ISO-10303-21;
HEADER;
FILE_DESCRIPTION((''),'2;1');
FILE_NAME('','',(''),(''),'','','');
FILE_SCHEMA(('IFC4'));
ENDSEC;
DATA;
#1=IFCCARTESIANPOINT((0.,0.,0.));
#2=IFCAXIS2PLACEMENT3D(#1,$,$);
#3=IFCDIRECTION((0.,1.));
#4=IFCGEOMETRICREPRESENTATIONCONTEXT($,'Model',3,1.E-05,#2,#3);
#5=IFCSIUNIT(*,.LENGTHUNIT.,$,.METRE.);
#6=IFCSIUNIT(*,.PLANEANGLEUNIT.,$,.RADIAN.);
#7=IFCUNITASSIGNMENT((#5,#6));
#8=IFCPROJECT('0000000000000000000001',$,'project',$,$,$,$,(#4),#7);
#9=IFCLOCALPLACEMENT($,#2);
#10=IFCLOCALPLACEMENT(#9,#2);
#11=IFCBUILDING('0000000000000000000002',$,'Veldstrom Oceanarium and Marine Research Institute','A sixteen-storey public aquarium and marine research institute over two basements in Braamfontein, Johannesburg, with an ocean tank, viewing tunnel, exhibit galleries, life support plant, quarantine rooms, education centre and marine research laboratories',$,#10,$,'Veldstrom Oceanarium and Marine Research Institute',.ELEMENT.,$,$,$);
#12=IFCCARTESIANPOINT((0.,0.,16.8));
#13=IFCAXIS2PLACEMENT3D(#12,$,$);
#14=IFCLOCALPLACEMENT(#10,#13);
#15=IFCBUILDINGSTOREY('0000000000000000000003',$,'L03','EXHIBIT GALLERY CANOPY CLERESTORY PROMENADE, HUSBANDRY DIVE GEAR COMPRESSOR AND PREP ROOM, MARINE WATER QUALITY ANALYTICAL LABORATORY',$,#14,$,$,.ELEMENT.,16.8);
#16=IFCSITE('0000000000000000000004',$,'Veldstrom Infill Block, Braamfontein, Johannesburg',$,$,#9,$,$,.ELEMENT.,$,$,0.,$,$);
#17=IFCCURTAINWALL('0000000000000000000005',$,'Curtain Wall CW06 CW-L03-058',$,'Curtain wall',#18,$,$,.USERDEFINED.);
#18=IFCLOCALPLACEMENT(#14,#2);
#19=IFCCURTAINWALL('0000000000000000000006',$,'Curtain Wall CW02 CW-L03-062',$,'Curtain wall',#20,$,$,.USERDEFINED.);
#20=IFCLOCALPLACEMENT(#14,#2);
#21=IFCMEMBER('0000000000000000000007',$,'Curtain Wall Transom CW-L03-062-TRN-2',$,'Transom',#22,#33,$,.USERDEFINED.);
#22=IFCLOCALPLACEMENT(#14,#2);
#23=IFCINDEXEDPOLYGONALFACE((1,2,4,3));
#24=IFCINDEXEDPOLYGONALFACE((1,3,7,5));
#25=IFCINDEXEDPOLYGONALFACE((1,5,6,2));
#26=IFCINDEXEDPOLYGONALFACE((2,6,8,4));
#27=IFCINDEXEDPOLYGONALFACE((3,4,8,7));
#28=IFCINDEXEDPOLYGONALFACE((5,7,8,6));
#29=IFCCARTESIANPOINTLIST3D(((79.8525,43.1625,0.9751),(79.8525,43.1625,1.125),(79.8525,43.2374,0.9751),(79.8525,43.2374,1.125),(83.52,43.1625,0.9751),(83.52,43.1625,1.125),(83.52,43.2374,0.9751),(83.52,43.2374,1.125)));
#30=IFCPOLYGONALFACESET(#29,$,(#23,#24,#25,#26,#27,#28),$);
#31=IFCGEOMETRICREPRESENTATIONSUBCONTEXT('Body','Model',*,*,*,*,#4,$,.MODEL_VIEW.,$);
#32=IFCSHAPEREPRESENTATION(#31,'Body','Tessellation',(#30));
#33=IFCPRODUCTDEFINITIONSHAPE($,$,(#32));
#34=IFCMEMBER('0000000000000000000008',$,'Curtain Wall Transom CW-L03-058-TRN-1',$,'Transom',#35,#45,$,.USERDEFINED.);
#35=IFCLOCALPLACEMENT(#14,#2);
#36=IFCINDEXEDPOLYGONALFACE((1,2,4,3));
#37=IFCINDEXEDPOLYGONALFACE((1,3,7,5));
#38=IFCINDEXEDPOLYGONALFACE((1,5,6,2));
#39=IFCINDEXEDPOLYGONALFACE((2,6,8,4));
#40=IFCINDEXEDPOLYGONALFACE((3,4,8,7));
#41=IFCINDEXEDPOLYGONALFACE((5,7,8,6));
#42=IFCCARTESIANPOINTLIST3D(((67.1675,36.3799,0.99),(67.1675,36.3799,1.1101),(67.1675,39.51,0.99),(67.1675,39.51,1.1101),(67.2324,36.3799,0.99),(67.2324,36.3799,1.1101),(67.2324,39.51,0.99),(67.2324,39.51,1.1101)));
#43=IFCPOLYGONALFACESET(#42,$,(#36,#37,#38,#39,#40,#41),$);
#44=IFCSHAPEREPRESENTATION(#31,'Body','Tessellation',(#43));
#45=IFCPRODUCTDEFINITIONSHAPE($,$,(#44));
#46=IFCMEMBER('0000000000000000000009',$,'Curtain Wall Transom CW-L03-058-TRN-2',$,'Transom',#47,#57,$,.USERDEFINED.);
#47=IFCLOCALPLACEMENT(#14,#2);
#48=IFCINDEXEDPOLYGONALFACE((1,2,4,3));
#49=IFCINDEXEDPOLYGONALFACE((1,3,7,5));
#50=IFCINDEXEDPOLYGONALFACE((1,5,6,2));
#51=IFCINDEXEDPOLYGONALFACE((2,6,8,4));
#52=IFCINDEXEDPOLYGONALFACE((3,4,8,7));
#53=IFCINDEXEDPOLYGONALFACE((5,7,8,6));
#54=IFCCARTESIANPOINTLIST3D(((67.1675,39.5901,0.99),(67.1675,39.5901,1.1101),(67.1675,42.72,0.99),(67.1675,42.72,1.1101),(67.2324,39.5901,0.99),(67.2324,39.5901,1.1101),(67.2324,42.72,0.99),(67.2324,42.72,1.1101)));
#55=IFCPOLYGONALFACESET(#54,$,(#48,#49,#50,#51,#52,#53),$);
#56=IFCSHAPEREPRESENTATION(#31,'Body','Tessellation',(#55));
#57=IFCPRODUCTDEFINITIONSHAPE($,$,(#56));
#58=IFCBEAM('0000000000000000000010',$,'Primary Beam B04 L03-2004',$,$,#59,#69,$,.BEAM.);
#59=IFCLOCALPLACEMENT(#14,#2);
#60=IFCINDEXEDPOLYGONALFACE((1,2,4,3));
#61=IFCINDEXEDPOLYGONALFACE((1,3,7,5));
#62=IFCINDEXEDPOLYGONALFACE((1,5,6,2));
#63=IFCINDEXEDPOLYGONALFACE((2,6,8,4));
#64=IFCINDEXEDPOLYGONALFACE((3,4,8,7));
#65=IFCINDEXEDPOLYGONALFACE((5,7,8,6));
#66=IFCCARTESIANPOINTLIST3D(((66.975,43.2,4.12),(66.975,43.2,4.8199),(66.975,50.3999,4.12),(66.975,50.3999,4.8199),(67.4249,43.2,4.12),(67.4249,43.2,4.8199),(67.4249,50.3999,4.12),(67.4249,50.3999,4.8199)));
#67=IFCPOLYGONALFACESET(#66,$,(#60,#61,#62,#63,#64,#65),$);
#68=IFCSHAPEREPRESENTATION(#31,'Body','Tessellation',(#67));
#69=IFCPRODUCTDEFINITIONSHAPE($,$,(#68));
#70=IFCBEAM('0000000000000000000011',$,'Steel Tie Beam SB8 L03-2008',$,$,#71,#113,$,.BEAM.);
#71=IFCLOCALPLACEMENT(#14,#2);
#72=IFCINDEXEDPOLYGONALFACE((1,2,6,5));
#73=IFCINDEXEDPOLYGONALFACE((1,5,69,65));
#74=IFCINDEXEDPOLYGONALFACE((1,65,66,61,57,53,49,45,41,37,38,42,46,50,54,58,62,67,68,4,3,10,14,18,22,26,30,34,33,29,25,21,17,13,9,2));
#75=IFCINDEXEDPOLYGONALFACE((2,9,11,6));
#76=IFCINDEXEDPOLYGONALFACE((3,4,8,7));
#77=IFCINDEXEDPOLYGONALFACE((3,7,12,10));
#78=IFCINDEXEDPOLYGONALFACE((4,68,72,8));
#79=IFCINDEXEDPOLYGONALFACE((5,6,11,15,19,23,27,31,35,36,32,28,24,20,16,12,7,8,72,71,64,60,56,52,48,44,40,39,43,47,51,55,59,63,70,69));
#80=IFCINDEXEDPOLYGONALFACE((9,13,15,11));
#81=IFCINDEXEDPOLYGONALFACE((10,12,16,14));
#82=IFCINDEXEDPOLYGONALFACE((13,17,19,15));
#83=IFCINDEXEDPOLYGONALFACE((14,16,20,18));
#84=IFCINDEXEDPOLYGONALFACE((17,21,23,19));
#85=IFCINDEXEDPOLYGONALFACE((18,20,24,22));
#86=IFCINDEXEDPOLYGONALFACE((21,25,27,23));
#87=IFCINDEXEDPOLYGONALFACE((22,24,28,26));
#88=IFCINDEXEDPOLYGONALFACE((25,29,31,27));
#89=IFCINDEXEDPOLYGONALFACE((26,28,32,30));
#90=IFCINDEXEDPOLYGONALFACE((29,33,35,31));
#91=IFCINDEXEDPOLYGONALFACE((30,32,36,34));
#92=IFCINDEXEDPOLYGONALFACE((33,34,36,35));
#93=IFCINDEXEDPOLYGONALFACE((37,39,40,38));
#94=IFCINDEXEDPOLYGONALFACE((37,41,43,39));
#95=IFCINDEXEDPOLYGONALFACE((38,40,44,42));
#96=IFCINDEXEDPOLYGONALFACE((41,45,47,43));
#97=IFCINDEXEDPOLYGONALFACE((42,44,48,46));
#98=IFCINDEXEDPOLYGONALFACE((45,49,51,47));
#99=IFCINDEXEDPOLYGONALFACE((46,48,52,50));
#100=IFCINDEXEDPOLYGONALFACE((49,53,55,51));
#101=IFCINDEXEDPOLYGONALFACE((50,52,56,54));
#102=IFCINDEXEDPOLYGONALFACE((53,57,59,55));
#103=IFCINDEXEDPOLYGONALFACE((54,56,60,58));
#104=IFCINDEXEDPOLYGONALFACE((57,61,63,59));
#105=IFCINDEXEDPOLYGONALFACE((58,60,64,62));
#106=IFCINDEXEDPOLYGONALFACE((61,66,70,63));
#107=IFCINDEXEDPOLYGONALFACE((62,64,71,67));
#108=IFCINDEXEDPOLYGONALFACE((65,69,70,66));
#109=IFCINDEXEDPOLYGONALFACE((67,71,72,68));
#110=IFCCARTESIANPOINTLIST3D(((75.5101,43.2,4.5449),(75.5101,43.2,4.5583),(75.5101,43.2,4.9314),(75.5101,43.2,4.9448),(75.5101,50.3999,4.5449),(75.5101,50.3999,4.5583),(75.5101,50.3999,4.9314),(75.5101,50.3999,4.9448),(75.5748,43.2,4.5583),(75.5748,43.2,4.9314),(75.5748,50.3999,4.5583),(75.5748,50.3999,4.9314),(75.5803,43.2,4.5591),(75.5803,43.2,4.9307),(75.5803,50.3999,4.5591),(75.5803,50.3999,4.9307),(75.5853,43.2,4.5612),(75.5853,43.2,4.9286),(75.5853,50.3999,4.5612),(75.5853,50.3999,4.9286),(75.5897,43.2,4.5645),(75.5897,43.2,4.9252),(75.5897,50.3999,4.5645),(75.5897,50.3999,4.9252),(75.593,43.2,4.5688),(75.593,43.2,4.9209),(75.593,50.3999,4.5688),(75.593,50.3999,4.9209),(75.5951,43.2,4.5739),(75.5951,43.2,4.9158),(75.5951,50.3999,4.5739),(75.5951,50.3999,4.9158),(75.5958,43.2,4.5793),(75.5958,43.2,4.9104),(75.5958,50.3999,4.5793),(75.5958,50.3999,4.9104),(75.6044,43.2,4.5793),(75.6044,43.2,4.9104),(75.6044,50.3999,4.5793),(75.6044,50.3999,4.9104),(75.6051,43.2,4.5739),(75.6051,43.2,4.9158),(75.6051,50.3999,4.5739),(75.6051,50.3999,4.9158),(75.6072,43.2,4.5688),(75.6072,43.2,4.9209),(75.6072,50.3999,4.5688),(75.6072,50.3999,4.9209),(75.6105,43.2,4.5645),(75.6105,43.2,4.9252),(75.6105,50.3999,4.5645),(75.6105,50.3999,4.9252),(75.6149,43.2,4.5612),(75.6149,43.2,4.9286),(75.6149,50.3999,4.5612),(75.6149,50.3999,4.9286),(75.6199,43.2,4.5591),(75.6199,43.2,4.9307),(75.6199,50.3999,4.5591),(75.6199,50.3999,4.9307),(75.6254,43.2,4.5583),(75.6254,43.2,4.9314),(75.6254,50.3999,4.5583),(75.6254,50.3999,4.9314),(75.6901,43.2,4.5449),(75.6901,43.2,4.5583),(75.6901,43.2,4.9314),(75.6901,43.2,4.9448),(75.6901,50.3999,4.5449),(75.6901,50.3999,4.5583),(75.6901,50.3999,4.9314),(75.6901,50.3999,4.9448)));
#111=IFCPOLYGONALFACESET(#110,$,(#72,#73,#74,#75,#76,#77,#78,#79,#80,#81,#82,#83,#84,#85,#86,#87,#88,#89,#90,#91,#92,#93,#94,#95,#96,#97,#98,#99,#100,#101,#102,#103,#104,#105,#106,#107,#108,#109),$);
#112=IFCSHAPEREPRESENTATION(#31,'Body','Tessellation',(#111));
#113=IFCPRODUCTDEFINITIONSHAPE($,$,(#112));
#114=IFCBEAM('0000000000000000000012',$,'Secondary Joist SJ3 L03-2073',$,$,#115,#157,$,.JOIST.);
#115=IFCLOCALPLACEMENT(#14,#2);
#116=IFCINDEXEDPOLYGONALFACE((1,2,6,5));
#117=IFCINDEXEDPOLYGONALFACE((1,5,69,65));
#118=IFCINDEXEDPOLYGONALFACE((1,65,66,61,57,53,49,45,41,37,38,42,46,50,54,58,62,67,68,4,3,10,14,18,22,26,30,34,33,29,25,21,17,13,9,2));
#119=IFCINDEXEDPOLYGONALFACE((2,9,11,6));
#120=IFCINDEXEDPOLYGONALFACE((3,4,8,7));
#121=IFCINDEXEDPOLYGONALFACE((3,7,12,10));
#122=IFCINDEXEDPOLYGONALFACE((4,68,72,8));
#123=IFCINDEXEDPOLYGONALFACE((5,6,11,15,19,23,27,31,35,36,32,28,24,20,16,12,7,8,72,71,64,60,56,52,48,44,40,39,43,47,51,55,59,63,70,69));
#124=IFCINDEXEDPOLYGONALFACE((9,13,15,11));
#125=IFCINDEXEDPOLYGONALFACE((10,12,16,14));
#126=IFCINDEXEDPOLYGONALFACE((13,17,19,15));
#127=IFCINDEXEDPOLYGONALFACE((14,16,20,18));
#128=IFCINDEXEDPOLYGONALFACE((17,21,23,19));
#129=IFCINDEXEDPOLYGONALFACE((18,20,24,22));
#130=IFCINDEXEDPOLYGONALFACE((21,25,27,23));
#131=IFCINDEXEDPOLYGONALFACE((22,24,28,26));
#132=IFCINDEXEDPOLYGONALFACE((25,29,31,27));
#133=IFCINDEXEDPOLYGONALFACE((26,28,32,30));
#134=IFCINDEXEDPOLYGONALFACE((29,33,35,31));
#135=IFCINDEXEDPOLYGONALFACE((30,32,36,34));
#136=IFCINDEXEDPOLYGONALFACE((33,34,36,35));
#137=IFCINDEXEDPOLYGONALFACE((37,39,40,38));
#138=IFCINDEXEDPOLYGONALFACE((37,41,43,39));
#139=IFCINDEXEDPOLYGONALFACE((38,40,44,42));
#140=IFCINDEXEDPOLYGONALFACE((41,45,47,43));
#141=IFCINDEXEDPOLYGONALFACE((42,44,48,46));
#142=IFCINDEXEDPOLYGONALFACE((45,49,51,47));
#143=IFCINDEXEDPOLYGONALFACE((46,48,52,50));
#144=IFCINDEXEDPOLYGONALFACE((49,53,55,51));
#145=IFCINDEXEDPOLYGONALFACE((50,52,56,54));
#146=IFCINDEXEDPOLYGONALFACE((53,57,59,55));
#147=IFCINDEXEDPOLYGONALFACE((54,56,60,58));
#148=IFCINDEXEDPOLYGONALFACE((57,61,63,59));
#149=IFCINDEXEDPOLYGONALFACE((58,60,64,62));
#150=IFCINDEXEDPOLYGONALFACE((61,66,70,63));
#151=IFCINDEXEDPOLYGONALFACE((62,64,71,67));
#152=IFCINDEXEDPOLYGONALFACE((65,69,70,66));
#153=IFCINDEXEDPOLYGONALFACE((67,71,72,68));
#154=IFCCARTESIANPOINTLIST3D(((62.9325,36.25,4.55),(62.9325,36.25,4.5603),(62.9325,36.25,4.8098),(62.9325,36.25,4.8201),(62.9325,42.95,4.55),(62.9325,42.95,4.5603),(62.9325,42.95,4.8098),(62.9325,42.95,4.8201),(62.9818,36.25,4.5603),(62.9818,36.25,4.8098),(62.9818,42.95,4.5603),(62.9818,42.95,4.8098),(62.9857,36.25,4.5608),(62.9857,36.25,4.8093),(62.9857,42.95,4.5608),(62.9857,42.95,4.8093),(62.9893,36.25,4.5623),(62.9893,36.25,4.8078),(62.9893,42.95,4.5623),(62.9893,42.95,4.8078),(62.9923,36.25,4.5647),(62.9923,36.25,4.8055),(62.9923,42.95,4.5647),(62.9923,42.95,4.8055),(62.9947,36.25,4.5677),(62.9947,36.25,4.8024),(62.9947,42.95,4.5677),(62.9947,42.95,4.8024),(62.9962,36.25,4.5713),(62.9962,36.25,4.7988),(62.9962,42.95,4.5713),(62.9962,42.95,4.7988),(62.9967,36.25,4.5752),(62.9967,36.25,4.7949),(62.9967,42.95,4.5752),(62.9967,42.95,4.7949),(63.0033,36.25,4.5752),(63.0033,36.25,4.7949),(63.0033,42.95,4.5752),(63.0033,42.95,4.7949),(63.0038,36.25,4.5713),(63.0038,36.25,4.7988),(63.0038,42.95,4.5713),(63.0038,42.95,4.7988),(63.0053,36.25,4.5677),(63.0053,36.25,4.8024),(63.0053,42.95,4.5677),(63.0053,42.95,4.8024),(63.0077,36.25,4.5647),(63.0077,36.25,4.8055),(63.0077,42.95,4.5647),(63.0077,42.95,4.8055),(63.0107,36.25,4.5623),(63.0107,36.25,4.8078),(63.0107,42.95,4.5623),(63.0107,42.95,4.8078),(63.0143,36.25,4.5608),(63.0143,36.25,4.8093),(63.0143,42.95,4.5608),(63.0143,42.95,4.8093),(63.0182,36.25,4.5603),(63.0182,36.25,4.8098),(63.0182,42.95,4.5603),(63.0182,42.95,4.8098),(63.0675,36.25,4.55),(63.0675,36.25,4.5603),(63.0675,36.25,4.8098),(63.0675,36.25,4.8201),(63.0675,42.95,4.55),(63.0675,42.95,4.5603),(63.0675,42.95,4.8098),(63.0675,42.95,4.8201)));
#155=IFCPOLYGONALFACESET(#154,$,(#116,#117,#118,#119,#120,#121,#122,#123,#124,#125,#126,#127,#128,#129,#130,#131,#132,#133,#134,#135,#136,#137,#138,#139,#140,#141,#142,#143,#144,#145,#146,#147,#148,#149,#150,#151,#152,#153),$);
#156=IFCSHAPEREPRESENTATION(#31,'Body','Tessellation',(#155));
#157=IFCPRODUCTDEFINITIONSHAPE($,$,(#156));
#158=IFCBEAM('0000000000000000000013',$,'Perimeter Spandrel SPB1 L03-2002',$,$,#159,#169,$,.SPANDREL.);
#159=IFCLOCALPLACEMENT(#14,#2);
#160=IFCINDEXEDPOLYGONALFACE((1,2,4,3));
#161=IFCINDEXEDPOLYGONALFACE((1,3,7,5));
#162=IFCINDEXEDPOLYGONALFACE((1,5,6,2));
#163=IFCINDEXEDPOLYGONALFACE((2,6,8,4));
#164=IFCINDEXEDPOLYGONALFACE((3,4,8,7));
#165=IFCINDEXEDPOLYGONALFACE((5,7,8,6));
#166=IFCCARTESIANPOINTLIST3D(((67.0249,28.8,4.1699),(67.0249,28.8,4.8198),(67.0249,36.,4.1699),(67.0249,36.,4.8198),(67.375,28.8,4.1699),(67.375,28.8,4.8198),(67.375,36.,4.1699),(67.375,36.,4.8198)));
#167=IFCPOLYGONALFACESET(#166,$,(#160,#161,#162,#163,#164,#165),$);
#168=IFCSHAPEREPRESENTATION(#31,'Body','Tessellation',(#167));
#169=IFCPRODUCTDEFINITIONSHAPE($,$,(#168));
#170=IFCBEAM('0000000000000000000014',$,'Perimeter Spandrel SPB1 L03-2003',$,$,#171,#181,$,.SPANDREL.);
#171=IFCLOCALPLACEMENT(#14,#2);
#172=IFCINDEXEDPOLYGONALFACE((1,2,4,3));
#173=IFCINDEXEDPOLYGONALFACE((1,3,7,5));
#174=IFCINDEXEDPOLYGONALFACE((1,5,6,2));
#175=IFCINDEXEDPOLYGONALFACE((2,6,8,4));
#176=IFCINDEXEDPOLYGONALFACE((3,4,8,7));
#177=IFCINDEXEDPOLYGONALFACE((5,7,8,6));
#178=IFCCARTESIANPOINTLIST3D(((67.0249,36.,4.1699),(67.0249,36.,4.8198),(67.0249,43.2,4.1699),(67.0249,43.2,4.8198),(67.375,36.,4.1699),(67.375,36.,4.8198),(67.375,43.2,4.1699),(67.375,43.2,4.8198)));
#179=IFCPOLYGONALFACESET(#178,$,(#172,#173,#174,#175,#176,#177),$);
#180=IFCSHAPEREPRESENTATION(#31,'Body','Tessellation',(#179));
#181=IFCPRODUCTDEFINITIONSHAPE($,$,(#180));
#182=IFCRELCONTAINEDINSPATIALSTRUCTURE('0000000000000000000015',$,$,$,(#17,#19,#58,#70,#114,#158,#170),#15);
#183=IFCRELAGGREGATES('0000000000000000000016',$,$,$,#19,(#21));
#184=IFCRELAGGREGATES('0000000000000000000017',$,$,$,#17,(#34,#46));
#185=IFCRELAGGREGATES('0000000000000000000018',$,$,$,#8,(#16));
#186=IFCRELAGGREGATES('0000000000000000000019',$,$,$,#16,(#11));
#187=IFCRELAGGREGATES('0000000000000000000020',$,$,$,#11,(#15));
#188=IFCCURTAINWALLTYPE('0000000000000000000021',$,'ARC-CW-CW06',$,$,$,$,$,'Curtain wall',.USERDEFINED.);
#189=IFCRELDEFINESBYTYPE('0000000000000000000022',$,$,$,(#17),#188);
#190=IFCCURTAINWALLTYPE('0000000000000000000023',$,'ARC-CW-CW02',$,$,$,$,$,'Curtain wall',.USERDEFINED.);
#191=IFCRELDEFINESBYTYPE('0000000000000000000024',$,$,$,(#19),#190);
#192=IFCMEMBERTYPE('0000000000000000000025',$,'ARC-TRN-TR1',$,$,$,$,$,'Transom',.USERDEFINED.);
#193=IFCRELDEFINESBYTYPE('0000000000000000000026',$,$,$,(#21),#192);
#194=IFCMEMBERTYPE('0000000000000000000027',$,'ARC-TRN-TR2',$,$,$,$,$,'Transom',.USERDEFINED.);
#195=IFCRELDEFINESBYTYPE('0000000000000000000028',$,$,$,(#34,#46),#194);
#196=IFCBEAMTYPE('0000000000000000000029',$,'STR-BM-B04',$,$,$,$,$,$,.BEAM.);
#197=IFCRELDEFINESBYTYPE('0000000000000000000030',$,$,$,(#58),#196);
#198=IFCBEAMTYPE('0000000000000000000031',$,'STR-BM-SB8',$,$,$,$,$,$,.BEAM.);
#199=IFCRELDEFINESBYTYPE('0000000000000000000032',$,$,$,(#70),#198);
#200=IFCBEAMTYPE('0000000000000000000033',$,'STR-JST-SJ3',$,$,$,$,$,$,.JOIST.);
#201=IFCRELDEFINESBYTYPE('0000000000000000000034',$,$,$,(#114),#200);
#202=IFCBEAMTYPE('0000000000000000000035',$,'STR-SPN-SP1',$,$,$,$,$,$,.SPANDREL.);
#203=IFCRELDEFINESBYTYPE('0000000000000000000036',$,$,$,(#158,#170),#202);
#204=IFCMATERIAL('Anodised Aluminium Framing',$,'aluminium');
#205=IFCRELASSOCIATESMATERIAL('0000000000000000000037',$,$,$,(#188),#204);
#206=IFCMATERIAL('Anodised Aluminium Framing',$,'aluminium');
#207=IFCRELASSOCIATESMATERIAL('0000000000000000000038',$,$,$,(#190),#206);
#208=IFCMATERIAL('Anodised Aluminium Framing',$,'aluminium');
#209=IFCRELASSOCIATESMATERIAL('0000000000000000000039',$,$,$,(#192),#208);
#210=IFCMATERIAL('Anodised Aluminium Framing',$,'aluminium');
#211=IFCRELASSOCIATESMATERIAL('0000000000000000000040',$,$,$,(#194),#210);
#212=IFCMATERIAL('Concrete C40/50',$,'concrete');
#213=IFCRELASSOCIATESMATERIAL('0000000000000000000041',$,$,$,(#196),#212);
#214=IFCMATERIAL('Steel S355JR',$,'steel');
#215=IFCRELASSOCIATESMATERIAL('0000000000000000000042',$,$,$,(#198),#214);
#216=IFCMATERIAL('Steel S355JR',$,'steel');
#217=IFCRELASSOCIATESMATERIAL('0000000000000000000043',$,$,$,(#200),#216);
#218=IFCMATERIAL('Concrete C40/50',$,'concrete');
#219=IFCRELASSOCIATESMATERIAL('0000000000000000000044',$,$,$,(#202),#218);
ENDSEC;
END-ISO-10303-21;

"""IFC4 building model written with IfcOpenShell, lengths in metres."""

from ifc_helpers import new_model, si_unit, direction, frame, origin, origin_2d, place, context, subcontext, project, spatial, rectangle, i_section, extrude, material, material_profile, profile_set, type_object, element, aggregate, save


model = new_model("IFC4")

# Units and contexts
model_context = context("Model", 3, precision=1e-05, world=origin(), true_north=direction((0.0, 1.0)))
body_context = subcontext(model_context, "Body", "Model", "MODEL_VIEW")
ifc_project = project(units=[si_unit("LENGTHUNIT", "METRE"), si_unit("PLANEANGLEUNIT", "RADIAN")], contexts=[model_context])

# Site, building, storey
site_placement = place(None, origin())
site = spatial("IfcSite", under=ifc_project, at=site_placement, Name="Veldstrom Infill Block, Braamfontein, Johannesburg", CompositionType="ELEMENT", RefElevation=0.0)
building_placement = place(site_placement, origin())
building = spatial("IfcBuilding", under=site, at=building_placement, Name="Veldstrom Oceanarium and Marine Research Institute", Description="A sixteen-storey public aquarium and marine research institute over two basements in Braamfontein, Johannesburg, with an ocean tank, viewing tunnel, exhibit galleries, life support plant, quarantine rooms, education centre and marine research laboratories", LongName="Veldstrom Oceanarium and Marine Research Institute", CompositionType="ELEMENT")
storey_placement = place(building_placement, frame((0.0, 0.0, 16.8)))
storey = spatial("IfcBuildingStorey", under=building, at=storey_placement, Name="L03", Description="EXHIBIT GALLERY CANOPY CLERESTORY PROMENADE, HUSBANDRY DIVE GEAR COMPRESSOR AND PREP ROOM, MARINE WATER QUALITY ANALYTICAL LABORATORY", CompositionType="ELEMENT", Elevation=16.8)

# Curtain walls
ifc_material_1 = material(Name="Anodised Aluminium Framing", Category="aluminium")
curtain_wall_type_1 = type_object("IfcCurtainWallType", Name="ARC-CW-CW06", ElementType="Curtain wall", PredefinedType="USERDEFINED", material=ifc_material_1)
curtain_wall_1_placement = place(storey_placement, origin())
curtain_wall_1 = element("IfcCurtainWall", 1, at=curtain_wall_1_placement, inside=storey, type_object=curtain_wall_type_1, Name="Curtain Wall CW06 CW-L03-058", ObjectType="Curtain wall", PredefinedType="USERDEFINED")
ifc_material_2 = material(Name="Anodised Aluminium Framing", Category="aluminium")
curtain_wall_type_2 = type_object("IfcCurtainWallType", Name="ARC-CW-CW02", ElementType="Curtain wall", PredefinedType="USERDEFINED", material=ifc_material_2)
curtain_wall_2_placement = place(storey_placement, origin())
curtain_wall_2 = element("IfcCurtainWall", 2, at=curtain_wall_2_placement, inside=storey, type_object=curtain_wall_type_2, Name="Curtain Wall CW02 CW-L03-062", ObjectType="Curtain wall", PredefinedType="USERDEFINED")

# Members
ifc_material_3 = material(Name="Anodised Aluminium Framing", Category="aluminium")
ifc_material_profile_1 = material_profile(ifc_material_3, rectangle(XDim=0.075, YDim=0.1499, at=origin_2d()), Name="ALU-TRN-75x150")
ifc_profile_set_1 = profile_set([ifc_material_profile_1], Name="Anodised Aluminium Framing")
member_type_1 = type_object("IfcMemberType", Name="ARC-TRN-TR1", ElementType="Transom", PredefinedType="USERDEFINED", material=ifc_profile_set_1)
member_1_placement = place(storey_placement, frame((79.8525, 43.2, 1.05), z_axis=(1.0, 0.0, 0.0), x_axis=(0.0, 1.0, 0.0)))
member_1 = element("IfcMember", 3, at=member_1_placement, type_object=member_type_1, Name="Curtain Wall Transom CW-L03-062-TRN-2", ObjectType="Transom", PredefinedType="USERDEFINED", context=body_context, shape_type="SweptSolid", body=[
    extrude(rectangle(XDim=0.075, YDim=0.1499, at=origin_2d()), origin(), (0.0, 0.0, 1.0), 3.6675),
])
ifc_material_4 = material(Name="Anodised Aluminium Framing", Category="aluminium")
ifc_material_profile_2 = material_profile(ifc_material_4, rectangle(XDim=0.0649, YDim=0.1201, at=origin_2d()), Name="ALU-TRN-65x120")
ifc_profile_set_2 = profile_set([ifc_material_profile_2], Name="Anodised Aluminium Framing")
member_type_2 = type_object("IfcMemberType", Name="ARC-TRN-TR2", ElementType="Transom", PredefinedType="USERDEFINED", material=ifc_profile_set_2)
member_2_placement = place(storey_placement, frame((67.2, 36.3799, 1.05), z_axis=(0.0, 1.0, 0.0), x_axis=(-1.0, 0.0, 0.0)))
member_2 = element("IfcMember", 4, at=member_2_placement, type_object=member_type_2, Name="Curtain Wall Transom CW-L03-058-TRN-1", ObjectType="Transom", PredefinedType="USERDEFINED", context=body_context, shape_type="SweptSolid", body=[
    extrude(rectangle(XDim=0.0649, YDim=0.1201, at=origin_2d()), origin(), (0.0, 0.0, 1.0), 3.1301),
])
member_3_placement = place(storey_placement, frame((67.2, 39.5901, 1.05), z_axis=(0.0, 1.0, 0.0), x_axis=(-1.0, 0.0, 0.0)))
member_3 = element("IfcMember", 5, at=member_3_placement, type_object=member_type_2, Name="Curtain Wall Transom CW-L03-058-TRN-2", ObjectType="Transom", PredefinedType="USERDEFINED", context=body_context, shape_type="SweptSolid", body=[
    extrude(rectangle(XDim=0.0649, YDim=0.1201, at=origin_2d()), origin(), (0.0, 0.0, 1.0), 3.1299),
])

# Beams
ifc_material_5 = material(Name="Concrete C40/50", Category="concrete")
ifc_material_profile_3 = material_profile(ifc_material_5, rectangle(XDim=0.45, YDim=0.7, at=origin_2d()), Name="RC-BM-450x700")
ifc_profile_set_3 = profile_set([ifc_material_profile_3], Name="Concrete C40/50")
beam_type_1 = type_object("IfcBeamType", Name="STR-BM-B04", PredefinedType="BEAM", material=ifc_profile_set_3)
beam_1_placement = place(storey_placement, frame((67.2, 43.2, 4.47), z_axis=(0.0, 1.0, 0.0), x_axis=(-1.0, 0.0, 0.0)))
element("IfcBeam", 6, at=beam_1_placement, inside=storey, type_object=beam_type_1, Name="Primary Beam B04 L03-2004", PredefinedType="BEAM", context=body_context, shape_type="SweptSolid", body=[
    extrude(rectangle(XDim=0.45, YDim=0.7, at=origin_2d()), origin(), (0.0, 0.0, 1.0), 7.2),
])
ifc_material_6 = material(Name="Steel S355JR", Category="steel")
ifc_material_profile_4 = material_profile(ifc_material_6, i_section(OverallWidth=0.1799, OverallDepth=0.3999, WebThickness=0.0085, FlangeThickness=0.0134, FilletRadius=0.021, at=origin_2d()), Name="IPE 400")
ifc_profile_set_4 = profile_set([ifc_material_profile_4], Name="Steel S355JR")
beam_type_2 = type_object("IfcBeamType", Name="STR-BM-SB8", PredefinedType="BEAM", material=ifc_profile_set_4)
beam_2_placement = place(storey_placement, frame((75.6001, 43.2, 4.7449), z_axis=(0.0, 1.0, 0.0), x_axis=(-1.0, 0.0, 0.0)))
element("IfcBeam", 7, at=beam_2_placement, inside=storey, type_object=beam_type_2, Name="Steel Tie Beam SB8 L03-2008", PredefinedType="BEAM", context=body_context, shape_type="SweptSolid", body=[
    extrude(i_section(OverallWidth=0.1799, OverallDepth=0.3999, WebThickness=0.0085, FlangeThickness=0.0134, FilletRadius=0.021, at=origin_2d()), origin(), (0.0, 0.0, 1.0), 7.2),
])
ifc_material_7 = material(Name="Steel S355JR", Category="steel")
ifc_material_profile_5 = material_profile(ifc_material_7, i_section(OverallWidth=0.135, OverallDepth=0.27, WebThickness=0.0066, FlangeThickness=0.0103, FilletRadius=0.0149, at=origin_2d()), Name="IPE 270")
ifc_profile_set_5 = profile_set([ifc_material_profile_5], Name="Steel S355JR")
beam_type_3 = type_object("IfcBeamType", Name="STR-JST-SJ3", PredefinedType="JOIST", material=ifc_profile_set_5)
beam_3_placement = place(storey_placement, frame((63.0, 36.25, 4.6851), z_axis=(0.0, 1.0, 0.0), x_axis=(-1.0, 0.0, 0.0)))
element("IfcBeam", 8, at=beam_3_placement, inside=storey, type_object=beam_type_3, Name="Secondary Joist SJ3 L03-2073", PredefinedType="JOIST", context=body_context, shape_type="SweptSolid", body=[
    extrude(i_section(OverallWidth=0.135, OverallDepth=0.27, WebThickness=0.0066, FlangeThickness=0.0103, FilletRadius=0.0149, at=origin_2d()), origin(), (0.0, 0.0, 1.0), 6.7),
])
ifc_material_8 = material(Name="Concrete C40/50", Category="concrete")
ifc_material_profile_6 = material_profile(ifc_material_8, rectangle(XDim=0.3501, YDim=0.6499, at=origin_2d()), Name="RC-SPN-350x650")
ifc_profile_set_6 = profile_set([ifc_material_profile_6], Name="Concrete C40/50")
beam_type_4 = type_object("IfcBeamType", Name="STR-SPN-SP1", PredefinedType="SPANDREL", material=ifc_profile_set_6)
for number, where, z_axis, x_axis, name in (
    (9, (67.2, 28.8, 4.4949), (0.0, 1.0, 0.0), (-1.0, 0.0, 0.0), "Perimeter Spandrel SPB1 L03-2002"),
    (10, (67.2, 36.0, 4.4949), (0.0, 1.0, 0.0), (-1.0, 0.0, 0.0), "Perimeter Spandrel SPB1 L03-2003"),
):
    element("IfcBeam", number, at=place(storey_placement, frame(where, z_axis=z_axis, x_axis=x_axis)), inside=storey, type_object=beam_type_4, Name=name, PredefinedType="SPANDREL", context=body_context, shape_type="SweptSolid", body=[
        extrude(rectangle(XDim=0.3501, YDim=0.6499, at=origin_2d()), origin(), (0.0, 0.0, 1.0), 7.2),
    ])

aggregate(curtain_wall_2, [member_1])
aggregate(curtain_wall_1, [member_2, member_3])

save(model, "model.ifc")
